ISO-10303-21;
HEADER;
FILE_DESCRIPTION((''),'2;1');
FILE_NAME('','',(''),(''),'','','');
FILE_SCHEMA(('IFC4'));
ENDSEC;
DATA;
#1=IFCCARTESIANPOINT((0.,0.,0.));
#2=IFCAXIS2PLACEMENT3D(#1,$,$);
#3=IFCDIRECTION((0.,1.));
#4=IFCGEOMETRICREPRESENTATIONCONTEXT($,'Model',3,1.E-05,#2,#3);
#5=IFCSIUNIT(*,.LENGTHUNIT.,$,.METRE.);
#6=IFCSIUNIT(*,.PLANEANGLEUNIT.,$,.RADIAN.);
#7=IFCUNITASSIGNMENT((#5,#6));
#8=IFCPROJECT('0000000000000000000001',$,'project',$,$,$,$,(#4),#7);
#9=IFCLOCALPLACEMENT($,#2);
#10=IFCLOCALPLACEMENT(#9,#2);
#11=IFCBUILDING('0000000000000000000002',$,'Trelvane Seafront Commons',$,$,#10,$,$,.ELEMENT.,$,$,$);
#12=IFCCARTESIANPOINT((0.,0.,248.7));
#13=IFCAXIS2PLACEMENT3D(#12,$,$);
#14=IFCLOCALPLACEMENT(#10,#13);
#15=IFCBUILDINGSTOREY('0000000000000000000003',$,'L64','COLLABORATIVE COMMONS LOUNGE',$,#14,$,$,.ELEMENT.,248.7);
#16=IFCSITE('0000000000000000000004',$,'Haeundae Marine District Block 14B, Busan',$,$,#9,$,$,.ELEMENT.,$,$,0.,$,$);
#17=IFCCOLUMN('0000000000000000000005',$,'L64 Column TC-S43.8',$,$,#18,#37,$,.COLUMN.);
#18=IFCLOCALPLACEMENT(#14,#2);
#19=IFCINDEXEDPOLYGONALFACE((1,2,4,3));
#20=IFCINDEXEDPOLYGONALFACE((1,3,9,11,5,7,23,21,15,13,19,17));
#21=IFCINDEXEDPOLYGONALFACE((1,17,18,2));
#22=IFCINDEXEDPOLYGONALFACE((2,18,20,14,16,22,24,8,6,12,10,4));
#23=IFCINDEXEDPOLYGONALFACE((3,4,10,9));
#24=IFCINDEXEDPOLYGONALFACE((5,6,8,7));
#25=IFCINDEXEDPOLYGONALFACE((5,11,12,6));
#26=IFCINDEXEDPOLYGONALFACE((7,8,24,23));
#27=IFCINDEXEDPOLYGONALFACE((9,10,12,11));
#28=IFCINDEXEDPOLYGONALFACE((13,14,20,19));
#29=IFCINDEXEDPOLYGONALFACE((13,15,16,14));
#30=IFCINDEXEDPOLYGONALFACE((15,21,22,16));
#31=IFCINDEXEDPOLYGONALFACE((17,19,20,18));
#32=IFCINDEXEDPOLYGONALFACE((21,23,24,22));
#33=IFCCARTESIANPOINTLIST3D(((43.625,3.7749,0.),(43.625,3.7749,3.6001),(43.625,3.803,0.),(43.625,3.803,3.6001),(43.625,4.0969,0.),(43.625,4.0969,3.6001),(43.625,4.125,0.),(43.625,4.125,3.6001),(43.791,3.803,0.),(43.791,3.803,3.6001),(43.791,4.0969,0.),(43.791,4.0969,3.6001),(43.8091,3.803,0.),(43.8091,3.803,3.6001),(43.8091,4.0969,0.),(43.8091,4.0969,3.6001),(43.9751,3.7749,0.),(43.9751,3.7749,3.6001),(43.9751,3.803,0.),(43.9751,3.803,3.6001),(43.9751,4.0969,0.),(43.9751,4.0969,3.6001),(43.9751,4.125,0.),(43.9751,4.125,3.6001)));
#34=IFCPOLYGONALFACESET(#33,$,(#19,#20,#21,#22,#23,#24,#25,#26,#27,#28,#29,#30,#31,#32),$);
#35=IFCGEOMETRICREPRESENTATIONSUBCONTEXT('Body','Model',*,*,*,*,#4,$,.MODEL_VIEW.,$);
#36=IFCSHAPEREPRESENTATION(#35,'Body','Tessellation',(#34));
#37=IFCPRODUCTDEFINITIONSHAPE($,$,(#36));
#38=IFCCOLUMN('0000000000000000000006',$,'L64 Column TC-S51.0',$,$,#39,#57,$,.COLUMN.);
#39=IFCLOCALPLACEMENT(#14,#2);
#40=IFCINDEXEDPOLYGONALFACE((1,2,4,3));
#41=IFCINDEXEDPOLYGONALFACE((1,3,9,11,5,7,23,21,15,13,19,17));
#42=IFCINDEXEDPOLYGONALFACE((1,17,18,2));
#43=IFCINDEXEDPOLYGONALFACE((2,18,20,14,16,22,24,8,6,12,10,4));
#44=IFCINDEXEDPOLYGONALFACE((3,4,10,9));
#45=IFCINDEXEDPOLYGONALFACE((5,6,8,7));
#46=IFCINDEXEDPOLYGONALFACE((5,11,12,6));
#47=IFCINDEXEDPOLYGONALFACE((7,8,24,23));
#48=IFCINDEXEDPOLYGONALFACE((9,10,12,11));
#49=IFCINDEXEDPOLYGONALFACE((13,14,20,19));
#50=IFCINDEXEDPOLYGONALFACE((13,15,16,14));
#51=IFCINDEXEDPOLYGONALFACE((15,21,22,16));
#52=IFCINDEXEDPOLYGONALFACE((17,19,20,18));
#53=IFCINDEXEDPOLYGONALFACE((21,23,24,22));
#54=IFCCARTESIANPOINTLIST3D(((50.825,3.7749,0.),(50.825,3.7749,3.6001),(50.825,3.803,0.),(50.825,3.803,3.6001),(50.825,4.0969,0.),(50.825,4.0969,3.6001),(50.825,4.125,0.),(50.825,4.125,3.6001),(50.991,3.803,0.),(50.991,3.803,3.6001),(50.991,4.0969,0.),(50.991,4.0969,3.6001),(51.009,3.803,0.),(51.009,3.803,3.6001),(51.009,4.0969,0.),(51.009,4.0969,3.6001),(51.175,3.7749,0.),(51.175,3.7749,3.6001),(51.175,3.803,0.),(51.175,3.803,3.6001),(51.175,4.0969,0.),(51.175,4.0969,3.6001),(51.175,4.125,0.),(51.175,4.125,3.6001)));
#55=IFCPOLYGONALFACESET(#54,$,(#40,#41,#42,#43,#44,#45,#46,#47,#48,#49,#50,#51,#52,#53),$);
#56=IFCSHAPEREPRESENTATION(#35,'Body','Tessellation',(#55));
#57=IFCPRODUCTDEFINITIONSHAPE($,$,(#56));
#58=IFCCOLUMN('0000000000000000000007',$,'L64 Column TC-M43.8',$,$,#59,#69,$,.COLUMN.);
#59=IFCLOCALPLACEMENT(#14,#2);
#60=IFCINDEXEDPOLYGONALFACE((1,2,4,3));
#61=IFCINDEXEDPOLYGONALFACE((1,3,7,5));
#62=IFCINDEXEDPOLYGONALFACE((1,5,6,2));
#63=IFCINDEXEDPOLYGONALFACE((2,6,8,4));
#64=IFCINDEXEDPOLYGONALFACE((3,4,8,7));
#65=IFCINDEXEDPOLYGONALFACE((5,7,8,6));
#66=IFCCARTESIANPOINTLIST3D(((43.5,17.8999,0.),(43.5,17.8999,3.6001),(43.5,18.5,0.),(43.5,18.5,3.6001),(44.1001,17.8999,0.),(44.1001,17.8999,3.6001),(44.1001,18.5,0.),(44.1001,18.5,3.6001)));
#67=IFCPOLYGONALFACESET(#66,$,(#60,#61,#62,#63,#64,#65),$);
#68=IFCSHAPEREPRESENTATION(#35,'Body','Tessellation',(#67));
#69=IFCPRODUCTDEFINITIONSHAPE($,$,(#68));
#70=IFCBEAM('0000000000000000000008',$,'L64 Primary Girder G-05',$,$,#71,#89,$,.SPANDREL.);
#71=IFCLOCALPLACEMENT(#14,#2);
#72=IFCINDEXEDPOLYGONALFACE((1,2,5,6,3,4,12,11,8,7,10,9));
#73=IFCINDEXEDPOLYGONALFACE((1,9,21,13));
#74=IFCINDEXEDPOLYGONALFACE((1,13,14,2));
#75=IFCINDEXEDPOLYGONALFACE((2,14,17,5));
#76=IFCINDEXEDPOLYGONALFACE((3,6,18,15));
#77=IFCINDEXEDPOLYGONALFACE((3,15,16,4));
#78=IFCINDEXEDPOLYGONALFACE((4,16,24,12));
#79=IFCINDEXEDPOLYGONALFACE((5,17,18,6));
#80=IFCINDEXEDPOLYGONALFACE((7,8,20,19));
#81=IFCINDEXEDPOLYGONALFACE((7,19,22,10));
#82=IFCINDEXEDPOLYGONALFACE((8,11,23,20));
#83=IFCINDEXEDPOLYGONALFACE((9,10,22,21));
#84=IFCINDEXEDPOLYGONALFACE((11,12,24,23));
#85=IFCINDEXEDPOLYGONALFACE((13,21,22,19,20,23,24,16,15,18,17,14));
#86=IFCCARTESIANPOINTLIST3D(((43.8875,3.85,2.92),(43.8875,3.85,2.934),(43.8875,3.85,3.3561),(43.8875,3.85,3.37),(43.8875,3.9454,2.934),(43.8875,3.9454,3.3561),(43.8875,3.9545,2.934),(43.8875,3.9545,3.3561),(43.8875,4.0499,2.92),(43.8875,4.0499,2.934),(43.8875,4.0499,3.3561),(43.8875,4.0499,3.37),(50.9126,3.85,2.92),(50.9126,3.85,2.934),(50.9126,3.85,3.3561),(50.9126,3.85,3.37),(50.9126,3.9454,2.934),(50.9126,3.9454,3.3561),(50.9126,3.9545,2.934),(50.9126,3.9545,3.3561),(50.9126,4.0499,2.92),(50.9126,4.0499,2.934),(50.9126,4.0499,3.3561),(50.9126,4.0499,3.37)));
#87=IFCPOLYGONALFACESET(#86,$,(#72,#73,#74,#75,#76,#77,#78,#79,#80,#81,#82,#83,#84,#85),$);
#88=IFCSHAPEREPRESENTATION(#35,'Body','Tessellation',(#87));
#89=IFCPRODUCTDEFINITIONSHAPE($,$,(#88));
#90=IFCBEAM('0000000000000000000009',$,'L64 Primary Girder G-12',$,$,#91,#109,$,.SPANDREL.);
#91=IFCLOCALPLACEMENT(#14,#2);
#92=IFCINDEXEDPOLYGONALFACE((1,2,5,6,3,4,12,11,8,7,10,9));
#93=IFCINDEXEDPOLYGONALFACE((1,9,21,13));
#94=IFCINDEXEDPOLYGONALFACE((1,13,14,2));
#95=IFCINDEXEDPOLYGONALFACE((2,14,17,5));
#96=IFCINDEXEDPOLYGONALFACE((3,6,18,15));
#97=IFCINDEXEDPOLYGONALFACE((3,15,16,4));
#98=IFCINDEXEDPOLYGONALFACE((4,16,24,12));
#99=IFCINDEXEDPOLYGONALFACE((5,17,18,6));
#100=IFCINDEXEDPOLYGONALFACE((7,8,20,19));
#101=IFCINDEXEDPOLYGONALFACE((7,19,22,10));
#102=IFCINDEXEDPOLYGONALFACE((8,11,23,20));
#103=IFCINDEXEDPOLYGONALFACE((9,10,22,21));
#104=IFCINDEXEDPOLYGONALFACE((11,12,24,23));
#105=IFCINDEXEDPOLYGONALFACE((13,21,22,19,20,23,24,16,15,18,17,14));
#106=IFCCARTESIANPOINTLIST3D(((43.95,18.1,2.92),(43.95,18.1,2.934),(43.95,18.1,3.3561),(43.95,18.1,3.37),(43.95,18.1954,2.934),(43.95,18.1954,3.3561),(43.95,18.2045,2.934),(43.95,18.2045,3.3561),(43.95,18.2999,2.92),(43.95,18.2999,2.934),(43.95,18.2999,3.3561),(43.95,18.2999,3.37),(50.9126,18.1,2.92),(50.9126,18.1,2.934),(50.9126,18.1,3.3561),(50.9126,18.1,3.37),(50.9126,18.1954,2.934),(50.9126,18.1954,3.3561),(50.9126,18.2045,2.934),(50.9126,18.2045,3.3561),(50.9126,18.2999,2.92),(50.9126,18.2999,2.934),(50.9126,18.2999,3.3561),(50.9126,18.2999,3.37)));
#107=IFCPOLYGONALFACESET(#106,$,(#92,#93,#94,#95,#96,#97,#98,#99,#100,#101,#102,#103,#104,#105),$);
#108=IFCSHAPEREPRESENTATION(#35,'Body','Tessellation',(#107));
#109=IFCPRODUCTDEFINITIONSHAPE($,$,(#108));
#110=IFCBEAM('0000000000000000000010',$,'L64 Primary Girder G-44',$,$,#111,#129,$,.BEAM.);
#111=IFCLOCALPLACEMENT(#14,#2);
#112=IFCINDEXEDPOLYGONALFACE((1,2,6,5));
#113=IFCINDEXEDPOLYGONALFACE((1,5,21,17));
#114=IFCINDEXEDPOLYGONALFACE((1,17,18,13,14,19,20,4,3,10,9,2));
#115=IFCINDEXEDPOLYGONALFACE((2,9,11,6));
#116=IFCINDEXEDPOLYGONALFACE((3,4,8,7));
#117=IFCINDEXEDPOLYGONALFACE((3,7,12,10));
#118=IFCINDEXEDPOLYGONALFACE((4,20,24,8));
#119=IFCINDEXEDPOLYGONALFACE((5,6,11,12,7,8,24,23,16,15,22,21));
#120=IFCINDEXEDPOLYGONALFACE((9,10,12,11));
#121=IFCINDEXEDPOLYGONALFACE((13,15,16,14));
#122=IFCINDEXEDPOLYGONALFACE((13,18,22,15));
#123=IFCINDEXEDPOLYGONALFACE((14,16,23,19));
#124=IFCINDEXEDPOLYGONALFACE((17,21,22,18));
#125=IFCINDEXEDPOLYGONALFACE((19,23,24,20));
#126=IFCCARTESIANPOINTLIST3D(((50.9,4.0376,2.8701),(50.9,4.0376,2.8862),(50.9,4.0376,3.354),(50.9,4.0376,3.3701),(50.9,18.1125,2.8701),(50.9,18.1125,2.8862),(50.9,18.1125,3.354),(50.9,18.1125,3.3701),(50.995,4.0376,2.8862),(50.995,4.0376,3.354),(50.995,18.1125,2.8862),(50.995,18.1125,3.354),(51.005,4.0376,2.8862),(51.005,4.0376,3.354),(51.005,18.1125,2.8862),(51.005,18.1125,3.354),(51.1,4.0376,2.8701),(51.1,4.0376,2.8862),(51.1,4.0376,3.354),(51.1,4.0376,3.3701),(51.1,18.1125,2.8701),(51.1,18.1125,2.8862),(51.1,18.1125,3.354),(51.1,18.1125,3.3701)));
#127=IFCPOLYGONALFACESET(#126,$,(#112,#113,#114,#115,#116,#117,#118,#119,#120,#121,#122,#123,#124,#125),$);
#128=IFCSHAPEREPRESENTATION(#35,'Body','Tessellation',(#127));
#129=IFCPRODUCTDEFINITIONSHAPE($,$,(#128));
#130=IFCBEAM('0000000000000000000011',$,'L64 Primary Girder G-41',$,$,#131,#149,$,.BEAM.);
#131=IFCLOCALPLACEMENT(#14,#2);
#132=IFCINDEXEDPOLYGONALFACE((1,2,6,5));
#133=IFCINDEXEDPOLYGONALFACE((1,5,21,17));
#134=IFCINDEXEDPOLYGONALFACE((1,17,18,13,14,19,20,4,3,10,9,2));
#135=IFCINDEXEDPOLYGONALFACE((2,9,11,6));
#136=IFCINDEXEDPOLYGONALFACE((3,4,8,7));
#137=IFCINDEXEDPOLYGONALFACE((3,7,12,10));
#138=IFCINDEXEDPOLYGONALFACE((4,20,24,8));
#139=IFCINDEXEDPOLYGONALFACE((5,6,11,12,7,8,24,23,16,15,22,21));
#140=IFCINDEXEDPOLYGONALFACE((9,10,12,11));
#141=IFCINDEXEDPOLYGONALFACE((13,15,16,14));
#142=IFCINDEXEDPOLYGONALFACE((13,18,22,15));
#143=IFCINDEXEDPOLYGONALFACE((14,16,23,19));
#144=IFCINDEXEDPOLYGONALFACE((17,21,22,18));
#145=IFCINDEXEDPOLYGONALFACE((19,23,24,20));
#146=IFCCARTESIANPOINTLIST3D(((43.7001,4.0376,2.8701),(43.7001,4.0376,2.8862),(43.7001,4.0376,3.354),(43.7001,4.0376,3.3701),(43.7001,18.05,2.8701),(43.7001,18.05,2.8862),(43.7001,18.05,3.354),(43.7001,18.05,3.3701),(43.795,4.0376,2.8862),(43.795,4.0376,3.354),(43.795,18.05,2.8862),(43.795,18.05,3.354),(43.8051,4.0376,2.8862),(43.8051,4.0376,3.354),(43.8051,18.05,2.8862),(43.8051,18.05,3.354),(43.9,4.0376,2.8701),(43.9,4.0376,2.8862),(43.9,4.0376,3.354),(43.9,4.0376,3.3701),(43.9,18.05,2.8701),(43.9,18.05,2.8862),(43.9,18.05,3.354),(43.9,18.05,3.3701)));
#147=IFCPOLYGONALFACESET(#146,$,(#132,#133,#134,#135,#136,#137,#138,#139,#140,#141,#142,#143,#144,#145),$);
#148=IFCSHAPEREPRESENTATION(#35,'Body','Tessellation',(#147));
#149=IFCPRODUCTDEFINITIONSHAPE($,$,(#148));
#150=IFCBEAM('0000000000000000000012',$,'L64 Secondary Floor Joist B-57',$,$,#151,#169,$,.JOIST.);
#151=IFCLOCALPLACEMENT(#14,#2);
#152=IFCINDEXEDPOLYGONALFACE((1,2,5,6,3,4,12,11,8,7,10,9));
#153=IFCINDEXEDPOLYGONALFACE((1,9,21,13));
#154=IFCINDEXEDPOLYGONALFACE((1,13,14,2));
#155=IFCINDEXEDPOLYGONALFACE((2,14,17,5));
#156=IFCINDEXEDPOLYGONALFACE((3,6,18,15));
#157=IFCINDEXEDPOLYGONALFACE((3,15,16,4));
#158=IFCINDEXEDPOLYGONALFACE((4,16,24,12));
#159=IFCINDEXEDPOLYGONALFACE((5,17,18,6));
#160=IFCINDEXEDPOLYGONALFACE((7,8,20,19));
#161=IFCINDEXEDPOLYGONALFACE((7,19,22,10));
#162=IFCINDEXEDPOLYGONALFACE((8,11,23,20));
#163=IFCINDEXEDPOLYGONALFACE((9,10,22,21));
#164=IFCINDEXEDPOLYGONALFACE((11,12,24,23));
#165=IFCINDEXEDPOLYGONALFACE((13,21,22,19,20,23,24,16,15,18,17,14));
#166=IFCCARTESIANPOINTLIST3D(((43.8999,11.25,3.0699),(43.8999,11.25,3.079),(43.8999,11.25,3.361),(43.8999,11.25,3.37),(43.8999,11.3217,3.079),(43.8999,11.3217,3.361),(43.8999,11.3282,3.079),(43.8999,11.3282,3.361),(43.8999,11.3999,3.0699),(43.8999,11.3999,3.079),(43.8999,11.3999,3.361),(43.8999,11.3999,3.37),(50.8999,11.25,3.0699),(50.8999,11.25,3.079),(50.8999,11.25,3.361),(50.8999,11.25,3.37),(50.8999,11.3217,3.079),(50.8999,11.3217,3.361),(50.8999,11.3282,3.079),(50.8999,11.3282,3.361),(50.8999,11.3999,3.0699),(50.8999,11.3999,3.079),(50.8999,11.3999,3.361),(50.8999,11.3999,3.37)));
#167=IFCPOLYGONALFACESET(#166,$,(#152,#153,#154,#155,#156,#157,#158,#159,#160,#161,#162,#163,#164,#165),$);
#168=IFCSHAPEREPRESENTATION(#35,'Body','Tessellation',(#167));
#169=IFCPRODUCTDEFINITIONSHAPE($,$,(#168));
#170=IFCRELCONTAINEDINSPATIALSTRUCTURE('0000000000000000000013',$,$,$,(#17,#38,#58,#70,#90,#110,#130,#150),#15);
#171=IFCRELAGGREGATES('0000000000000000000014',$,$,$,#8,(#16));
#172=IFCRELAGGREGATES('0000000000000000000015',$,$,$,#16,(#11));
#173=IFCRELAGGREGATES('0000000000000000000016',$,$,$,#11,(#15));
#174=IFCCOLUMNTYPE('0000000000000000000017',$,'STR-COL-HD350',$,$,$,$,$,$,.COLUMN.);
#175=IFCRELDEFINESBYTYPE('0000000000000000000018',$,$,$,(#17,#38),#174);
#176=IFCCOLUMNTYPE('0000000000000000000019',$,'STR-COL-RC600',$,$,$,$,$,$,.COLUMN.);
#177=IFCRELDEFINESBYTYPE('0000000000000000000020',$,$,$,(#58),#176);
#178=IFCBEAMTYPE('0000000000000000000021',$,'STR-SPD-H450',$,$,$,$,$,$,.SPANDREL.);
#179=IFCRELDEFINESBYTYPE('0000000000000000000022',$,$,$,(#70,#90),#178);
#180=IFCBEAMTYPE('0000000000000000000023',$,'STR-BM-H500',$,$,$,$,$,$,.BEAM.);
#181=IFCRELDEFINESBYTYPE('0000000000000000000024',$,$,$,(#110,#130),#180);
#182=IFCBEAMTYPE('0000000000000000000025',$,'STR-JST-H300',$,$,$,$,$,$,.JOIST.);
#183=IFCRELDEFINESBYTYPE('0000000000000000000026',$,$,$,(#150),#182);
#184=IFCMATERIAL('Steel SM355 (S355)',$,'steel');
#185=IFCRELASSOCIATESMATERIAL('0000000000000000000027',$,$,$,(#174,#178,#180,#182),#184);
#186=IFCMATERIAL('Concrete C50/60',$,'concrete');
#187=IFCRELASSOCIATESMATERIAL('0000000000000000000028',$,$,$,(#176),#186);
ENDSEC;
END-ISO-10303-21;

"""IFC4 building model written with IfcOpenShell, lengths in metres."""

from ifc_helpers import new_model, si_unit, direction, frame, origin, origin_2d, place, context, subcontext, project, spatial, rectangle, i_section, extrude, source, transform, mapped, material, material_profile, profile_set, type_object, element, save


model = new_model("IFC4")

# Units and contexts
model_context = context("Model", 3, precision=1e-05, world=origin(), true_north=direction((0.0, 1.0)))
body_context = subcontext(model_context, "Body", "Model", "MODEL_VIEW")
ifc_project = project(units=[si_unit("LENGTHUNIT", "METRE"), si_unit("PLANEANGLEUNIT", "RADIAN")], contexts=[model_context])

# Site, building, storey
site_placement = place(None, origin())
site = spatial("IfcSite", under=ifc_project, at=site_placement, Name="Haeundae Marine District Block 14B, Busan", CompositionType="ELEMENT", RefElevation=0.0)
building_placement = place(site_placement, origin())
building = spatial("IfcBuilding", under=site, at=building_placement, Name="Trelvane Seafront Commons", CompositionType="ELEMENT")
storey_placement = place(building_placement, frame((0.0, 0.0, 248.7)))
storey = spatial("IfcBuildingStorey", under=building, at=storey_placement, Name="L64", Description="COLLABORATIVE COMMONS LOUNGE", CompositionType="ELEMENT", Elevation=248.7)

# Columns
ifc_material_1 = material(Name="Steel SM355 (S355)", Category="steel")
ifc_material_profile_1 = material_profile(ifc_material_1, i_section(OverallWidth=0.3501, OverallDepth=0.3501, WebThickness=0.0181, FlangeThickness=0.0281, at=origin_2d()), Name="HD-350x350x18x28")
ifc_profile_set_1 = profile_set([ifc_material_profile_1], Name="Steel SM355 (S355)")
column_type_1 = type_object("IfcColumnType", Name="STR-COL-HD350", PredefinedType="COLUMN", material=ifc_profile_set_1)
shared_shape_1 = source(origin(), body_context, "Body", "SweptSolid", [
    extrude(i_section(OverallWidth=0.3501, OverallDepth=0.3501, WebThickness=0.0181, FlangeThickness=0.0281, at=origin_2d()), origin(), (0.0, 0.0, 1.0), 3.6001),
])
for number, where, z_axis, x_axis, name in (
    (1, (43.8, 3.95, 0.0), (0.0, 0.0, 1.0), (1.0, 0.0, 0.0), "L64 Column TC-S43.8"),
    (2, (51.0, 3.95, 0.0), (0.0, 0.0, 1.0), (1.0, 0.0, 0.0), "L64 Column TC-S51.0"),
):
    element("IfcColumn", number, at=place(storey_placement, frame(where, z_axis=z_axis, x_axis=x_axis)), inside=storey, type_object=column_type_1, Name=name, PredefinedType="COLUMN", context=body_context, shape_type="MappedRepresentation", body=[
        mapped(shared_shape_1, transform((0.0, 0.0, 0.0), x_axis=(1.0, 0.0, 0.0), y_axis=(0.0, 1.0, 0.0), z_axis=(0.0, 0.0, 1.0), scale=1.0)),
    ])
ifc_material_2 = material(Name="Concrete C50/60", Category="concrete")
ifc_material_profile_2 = material_profile(ifc_material_2, rectangle(XDim=0.6001, YDim=0.6001, at=origin_2d()), Name="RC-600x600")
ifc_profile_set_2 = profile_set([ifc_material_profile_2], Name="Concrete C50/60")
column_type_2 = type_object("IfcColumnType", Name="STR-COL-RC600", PredefinedType="COLUMN", material=ifc_profile_set_2)
shared_shape_2 = source(origin(), body_context, "Body", "SweptSolid", [
    extrude(rectangle(XDim=0.6001, YDim=0.6001, at=origin_2d()), origin(), (0.0, 0.0, 1.0), 3.6001),
])
column_placement = place(storey_placement, frame((43.8, 18.2, 0.0), z_axis=(0.0, 0.0, 1.0), x_axis=(1.0, 0.0, 0.0)))
element("IfcColumn", 3, at=column_placement, inside=storey, type_object=column_type_2, Name="L64 Column TC-M43.8", PredefinedType="COLUMN", context=body_context, shape_type="MappedRepresentation", body=[
    mapped(shared_shape_2, transform((0.0, 0.0, 0.0), x_axis=(1.0, 0.0, 0.0), y_axis=(0.0, 1.0, 0.0), z_axis=(0.0, 0.0, 1.0), scale=1.0)),
])

# Beams
ifc_material_profile_3 = material_profile(ifc_material_1, i_section(OverallWidth=0.2, OverallDepth=0.45, WebThickness=0.009, FlangeThickness=0.0139, at=origin_2d()), Name="H-450x200x9x14")
ifc_profile_set_3 = profile_set([ifc_material_profile_3], Name="Steel SM355 (S355)")
beam_type_1 = type_object("IfcBeamType", Name="STR-SPD-H450", PredefinedType="SPANDREL", material=ifc_profile_set_3)
shared_shape_3 = source(origin(), body_context, "Body", "SweptSolid", [
    extrude(i_section(OverallWidth=0.2, OverallDepth=0.45, WebThickness=0.009, FlangeThickness=0.0139, at=origin_2d()), origin(), (0.0, 0.0, 1.0), 7.0251),
])
beam_1_placement = place(storey_placement, frame((43.8875, 3.95, 3.145), z_axis=(1.0, 0.0, 0.0), x_axis=(0.0, 1.0, 0.0)))
element("IfcBeam", 4, at=beam_1_placement, inside=storey, type_object=beam_type_1, Name="L64 Primary Girder G-05", PredefinedType="SPANDREL", context=body_context, shape_type="MappedRepresentation", body=[
    mapped(shared_shape_3, transform((0.0, 0.0, 0.0), x_axis=(1.0, 0.0, 0.0), y_axis=(0.0, 1.0, 0.0), z_axis=(0.0, 0.0, 1.0), scale=1.0)),
])
shared_shape_4 = source(origin(), body_context, "Body", "SweptSolid", [
    extrude(i_section(OverallWidth=0.2, OverallDepth=0.45, WebThickness=0.009, FlangeThickness=0.0139, at=origin_2d()), origin(), (0.0, 0.0, 1.0), 6.9626),
])
beam_2_placement = place(storey_placement, frame((43.95, 18.2, 3.145), z_axis=(1.0, 0.0, 0.0), x_axis=(0.0, 1.0, 0.0)))
element("IfcBeam", 5, at=beam_2_placement, inside=storey, type_object=beam_type_1, Name="L64 Primary Girder G-12", PredefinedType="SPANDREL", context=body_context, shape_type="MappedRepresentation", body=[
    mapped(shared_shape_4, transform((0.0, 0.0, 0.0), x_axis=(1.0, 0.0, 0.0), y_axis=(0.0, 1.0, 0.0), z_axis=(0.0, 0.0, 1.0), scale=1.0)),
])
ifc_material_profile_4 = material_profile(ifc_material_1, i_section(OverallWidth=0.2, OverallDepth=0.5, WebThickness=0.01, FlangeThickness=0.0161, at=origin_2d()), Name="H-500x200x10x16")
ifc_profile_set_4 = profile_set([ifc_material_profile_4], Name="Steel SM355 (S355)")
beam_type_2 = type_object("IfcBeamType", Name="STR-BM-H500", PredefinedType="BEAM", material=ifc_profile_set_4)
shared_shape_5 = source(origin(), body_context, "Body", "SweptSolid", [
    extrude(i_section(OverallWidth=0.2, OverallDepth=0.5, WebThickness=0.01, FlangeThickness=0.0161, at=origin_2d()), origin(), (0.0, 0.0, 1.0), 14.075),
])
beam_3_placement = place(storey_placement, frame((51.0, 4.0376, 3.1201), z_axis=(0.0, 1.0, 0.0), x_axis=(-1.0, 0.0, 0.0)))
element("IfcBeam", 6, at=beam_3_placement, inside=storey, type_object=beam_type_2, Name="L64 Primary Girder G-44", PredefinedType="BEAM", context=body_context, shape_type="MappedRepresentation", body=[
    mapped(shared_shape_5, transform((0.0, 0.0, 0.0), x_axis=(1.0, 0.0, 0.0), y_axis=(0.0, 1.0, 0.0), z_axis=(0.0, 0.0, 1.0), scale=1.0)),
])
shared_shape_6 = source(origin(), body_context, "Body", "SweptSolid", [
    extrude(i_section(OverallWidth=0.2, OverallDepth=0.5, WebThickness=0.01, FlangeThickness=0.0161, at=origin_2d()), origin(), (0.0, 0.0, 1.0), 14.0125),
])
beam_4_placement = place(storey_placement, frame((43.8, 4.0376, 3.1201), z_axis=(0.0, 1.0, 0.0), x_axis=(-1.0, 0.0, 0.0)))
element("IfcBeam", 7, at=beam_4_placement, inside=storey, type_object=beam_type_2, Name="L64 Primary Girder G-41", PredefinedType="BEAM", context=body_context, shape_type="MappedRepresentation", body=[
    mapped(shared_shape_6, transform((0.0, 0.0, 0.0), x_axis=(1.0, 0.0, 0.0), y_axis=(0.0, 1.0, 0.0), z_axis=(0.0, 0.0, 1.0), scale=1.0)),
])
ifc_material_profile_5 = material_profile(ifc_material_1, i_section(OverallWidth=0.1499, OverallDepth=0.3, WebThickness=0.0066, FlangeThickness=0.009, at=origin_2d()), Name="H-300x150x6.5x9")
ifc_profile_set_5 = profile_set([ifc_material_profile_5], Name="Steel SM355 (S355)")
beam_type_3 = type_object("IfcBeamType", Name="STR-JST-H300", PredefinedType="JOIST", material=ifc_profile_set_5)
shared_shape_7 = source(origin(), body_context, "Body", "SweptSolid", [
    extrude(i_section(OverallWidth=0.1499, OverallDepth=0.3, WebThickness=0.0066, FlangeThickness=0.009, at=origin_2d()), origin(), (0.0, 0.0, 1.0), 7.0),
])
beam_5_placement = place(storey_placement, frame((43.8999, 11.325, 3.22), z_axis=(1.0, 0.0, 0.0), x_axis=(0.0, 1.0, 0.0)))
element("IfcBeam", 8, at=beam_5_placement, inside=storey, type_object=beam_type_3, Name="L64 Secondary Floor Joist B-57", PredefinedType="JOIST", context=body_context, shape_type="MappedRepresentation", body=[
    mapped(shared_shape_7, transform((0.0, 0.0, 0.0), x_axis=(1.0, 0.0, 0.0), y_axis=(0.0, 1.0, 0.0), z_axis=(0.0, 0.0, 1.0), scale=1.0)),
])

save(model, "model.ifc")
